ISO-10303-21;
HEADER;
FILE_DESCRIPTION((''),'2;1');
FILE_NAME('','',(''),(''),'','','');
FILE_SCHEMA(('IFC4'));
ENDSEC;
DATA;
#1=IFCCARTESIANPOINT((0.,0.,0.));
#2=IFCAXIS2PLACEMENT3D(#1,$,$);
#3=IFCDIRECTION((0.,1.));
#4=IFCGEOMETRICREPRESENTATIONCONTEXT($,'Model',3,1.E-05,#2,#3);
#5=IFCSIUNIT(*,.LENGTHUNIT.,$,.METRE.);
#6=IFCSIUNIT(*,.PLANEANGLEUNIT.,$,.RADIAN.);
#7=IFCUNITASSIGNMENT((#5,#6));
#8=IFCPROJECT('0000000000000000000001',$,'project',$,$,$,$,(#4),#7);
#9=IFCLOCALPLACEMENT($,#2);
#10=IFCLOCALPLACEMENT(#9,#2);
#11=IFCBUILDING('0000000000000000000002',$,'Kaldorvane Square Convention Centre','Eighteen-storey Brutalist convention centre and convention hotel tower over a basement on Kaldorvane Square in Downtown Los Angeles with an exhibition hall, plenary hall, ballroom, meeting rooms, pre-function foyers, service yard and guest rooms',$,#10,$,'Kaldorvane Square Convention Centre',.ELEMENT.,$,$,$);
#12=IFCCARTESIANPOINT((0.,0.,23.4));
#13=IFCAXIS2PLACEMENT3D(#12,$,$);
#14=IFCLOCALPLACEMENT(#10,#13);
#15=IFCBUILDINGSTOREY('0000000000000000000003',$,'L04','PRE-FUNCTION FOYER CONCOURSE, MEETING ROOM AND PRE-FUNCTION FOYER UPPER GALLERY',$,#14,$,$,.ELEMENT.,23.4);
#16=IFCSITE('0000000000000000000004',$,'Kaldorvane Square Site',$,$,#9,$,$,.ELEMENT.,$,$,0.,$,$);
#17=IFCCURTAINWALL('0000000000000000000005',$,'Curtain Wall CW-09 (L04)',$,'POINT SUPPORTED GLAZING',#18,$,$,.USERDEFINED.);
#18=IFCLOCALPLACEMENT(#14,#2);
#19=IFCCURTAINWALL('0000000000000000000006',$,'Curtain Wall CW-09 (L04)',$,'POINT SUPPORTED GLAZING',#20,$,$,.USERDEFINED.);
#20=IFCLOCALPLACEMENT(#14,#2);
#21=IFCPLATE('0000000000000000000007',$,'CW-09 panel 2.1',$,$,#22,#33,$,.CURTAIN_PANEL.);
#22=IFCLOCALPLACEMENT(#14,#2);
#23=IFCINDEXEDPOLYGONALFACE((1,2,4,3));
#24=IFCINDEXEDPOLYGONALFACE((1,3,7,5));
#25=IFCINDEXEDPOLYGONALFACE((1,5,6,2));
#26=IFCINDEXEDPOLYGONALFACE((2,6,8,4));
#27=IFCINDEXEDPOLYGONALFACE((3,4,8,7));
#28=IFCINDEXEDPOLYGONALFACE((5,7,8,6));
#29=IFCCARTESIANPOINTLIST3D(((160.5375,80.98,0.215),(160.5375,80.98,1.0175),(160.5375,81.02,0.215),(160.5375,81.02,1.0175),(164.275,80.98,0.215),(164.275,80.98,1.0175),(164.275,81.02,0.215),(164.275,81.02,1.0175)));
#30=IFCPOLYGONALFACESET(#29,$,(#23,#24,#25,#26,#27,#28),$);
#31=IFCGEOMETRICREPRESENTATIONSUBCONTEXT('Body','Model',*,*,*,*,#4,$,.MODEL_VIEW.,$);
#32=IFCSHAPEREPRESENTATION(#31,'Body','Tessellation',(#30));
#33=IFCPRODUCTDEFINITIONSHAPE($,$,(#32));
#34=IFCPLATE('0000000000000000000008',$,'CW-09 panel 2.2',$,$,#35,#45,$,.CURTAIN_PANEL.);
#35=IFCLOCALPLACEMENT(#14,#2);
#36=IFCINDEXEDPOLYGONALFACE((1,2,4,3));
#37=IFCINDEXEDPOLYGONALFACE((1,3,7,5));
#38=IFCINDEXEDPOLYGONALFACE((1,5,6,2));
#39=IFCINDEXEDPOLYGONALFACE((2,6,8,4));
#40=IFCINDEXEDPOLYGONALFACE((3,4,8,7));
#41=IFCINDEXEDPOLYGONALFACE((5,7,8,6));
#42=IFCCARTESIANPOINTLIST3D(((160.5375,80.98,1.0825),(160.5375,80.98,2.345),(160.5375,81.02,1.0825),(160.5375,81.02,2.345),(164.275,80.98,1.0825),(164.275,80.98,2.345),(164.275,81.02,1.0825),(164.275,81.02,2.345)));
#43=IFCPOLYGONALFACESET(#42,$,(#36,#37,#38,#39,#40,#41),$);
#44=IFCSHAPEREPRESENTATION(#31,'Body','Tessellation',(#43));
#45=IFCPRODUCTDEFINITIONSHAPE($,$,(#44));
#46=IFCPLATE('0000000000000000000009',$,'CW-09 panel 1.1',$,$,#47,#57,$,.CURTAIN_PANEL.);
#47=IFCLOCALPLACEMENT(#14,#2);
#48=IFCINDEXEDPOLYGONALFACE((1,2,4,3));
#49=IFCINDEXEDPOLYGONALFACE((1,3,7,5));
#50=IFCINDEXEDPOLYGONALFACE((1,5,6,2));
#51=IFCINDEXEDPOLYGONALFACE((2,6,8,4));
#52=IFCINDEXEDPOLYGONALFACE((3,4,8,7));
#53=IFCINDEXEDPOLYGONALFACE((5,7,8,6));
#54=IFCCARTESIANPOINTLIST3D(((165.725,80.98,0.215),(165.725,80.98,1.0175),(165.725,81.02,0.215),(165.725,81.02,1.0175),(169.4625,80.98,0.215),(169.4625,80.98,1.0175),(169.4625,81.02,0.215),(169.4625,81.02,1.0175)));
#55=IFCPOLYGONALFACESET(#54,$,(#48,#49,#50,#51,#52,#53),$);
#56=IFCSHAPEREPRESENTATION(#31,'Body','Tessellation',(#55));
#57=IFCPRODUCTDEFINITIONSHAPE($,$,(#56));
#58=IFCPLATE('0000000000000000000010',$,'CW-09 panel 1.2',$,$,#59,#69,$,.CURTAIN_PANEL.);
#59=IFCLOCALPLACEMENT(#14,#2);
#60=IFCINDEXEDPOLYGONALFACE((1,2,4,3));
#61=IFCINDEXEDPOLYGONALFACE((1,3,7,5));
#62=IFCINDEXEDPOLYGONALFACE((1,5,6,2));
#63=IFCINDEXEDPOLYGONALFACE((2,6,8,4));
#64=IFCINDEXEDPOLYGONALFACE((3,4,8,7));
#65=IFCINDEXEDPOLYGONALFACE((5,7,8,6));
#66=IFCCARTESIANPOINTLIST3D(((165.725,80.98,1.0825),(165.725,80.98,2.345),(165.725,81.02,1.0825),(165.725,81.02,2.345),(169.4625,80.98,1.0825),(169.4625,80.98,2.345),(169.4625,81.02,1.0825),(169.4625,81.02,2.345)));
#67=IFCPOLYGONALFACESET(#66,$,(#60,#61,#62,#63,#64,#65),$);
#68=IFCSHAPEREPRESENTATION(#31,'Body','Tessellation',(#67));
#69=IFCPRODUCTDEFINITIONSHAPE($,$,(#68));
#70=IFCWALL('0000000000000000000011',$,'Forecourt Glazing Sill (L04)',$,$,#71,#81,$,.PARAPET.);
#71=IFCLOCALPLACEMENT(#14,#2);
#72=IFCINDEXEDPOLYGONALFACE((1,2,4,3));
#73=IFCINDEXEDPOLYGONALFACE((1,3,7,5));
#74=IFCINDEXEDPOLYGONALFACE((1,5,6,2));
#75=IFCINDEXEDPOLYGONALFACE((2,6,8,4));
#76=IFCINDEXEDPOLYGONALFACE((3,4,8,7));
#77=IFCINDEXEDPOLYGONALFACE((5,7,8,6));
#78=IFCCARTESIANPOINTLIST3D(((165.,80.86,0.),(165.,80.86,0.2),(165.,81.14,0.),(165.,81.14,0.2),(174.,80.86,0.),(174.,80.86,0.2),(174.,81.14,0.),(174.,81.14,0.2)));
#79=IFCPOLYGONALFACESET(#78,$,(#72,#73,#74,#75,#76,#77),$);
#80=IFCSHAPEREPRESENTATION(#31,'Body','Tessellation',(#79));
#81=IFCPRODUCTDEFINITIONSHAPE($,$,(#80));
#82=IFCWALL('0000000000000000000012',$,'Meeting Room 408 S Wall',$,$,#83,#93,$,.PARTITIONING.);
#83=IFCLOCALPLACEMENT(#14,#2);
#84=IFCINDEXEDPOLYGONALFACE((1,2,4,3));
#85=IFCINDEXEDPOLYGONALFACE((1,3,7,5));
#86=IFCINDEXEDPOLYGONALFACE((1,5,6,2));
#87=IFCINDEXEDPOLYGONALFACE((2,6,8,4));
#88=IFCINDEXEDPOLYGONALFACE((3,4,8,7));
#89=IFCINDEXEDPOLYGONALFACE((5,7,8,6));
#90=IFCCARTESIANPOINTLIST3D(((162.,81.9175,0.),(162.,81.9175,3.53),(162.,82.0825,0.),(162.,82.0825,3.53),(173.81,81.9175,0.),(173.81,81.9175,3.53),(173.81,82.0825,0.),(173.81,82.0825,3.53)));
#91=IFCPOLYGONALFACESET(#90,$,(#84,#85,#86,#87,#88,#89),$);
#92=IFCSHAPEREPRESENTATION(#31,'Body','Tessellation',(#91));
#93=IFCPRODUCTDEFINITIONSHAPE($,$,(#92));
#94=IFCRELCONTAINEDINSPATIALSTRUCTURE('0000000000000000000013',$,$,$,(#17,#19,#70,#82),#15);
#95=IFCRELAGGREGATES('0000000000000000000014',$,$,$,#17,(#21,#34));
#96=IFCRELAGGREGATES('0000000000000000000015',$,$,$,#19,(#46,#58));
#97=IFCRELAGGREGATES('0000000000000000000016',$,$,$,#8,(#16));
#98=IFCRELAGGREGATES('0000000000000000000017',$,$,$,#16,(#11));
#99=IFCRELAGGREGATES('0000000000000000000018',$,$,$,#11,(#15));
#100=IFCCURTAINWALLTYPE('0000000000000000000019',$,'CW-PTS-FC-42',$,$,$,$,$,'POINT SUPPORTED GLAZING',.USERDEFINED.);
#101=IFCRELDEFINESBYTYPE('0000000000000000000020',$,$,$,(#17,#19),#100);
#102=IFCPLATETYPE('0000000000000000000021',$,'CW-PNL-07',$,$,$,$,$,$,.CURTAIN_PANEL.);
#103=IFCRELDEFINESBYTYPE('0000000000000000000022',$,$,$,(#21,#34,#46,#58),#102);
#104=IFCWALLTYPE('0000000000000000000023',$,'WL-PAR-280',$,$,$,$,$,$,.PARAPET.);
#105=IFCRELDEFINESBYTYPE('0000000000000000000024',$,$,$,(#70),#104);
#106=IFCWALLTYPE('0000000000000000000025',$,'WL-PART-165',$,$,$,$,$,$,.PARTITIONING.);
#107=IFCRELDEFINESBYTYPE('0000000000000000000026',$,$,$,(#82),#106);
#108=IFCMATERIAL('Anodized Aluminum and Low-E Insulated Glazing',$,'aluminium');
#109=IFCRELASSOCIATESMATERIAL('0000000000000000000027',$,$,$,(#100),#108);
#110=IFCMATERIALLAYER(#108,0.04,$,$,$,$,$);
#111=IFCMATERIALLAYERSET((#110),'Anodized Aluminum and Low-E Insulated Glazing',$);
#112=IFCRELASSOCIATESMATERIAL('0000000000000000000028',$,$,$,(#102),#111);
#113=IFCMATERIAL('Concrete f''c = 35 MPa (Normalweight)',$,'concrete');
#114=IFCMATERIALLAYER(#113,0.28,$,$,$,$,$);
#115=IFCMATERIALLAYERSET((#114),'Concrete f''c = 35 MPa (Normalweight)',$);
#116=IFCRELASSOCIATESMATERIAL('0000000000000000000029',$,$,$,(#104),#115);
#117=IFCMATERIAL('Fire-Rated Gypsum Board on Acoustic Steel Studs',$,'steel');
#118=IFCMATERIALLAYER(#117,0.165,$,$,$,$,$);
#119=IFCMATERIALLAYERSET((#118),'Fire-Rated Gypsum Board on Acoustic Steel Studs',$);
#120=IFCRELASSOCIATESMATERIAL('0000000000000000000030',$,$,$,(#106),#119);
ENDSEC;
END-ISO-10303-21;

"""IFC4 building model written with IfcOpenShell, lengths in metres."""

from ifc_helpers import new_model, si_unit, direction, frame, frame_2d, origin, origin_2d, place, context, subcontext, project, spatial, rectangle, extrude, material, layer, layer_set, type_object, element, aggregate, save


model = new_model("IFC4")

# Units and contexts
model_context = context("Model", 3, precision=1e-05, world=origin(), true_north=direction((0.0, 1.0)))
body_context = subcontext(model_context, "Body", "Model", "MODEL_VIEW")
ifc_project = project(units=[si_unit("LENGTHUNIT", "METRE"), si_unit("PLANEANGLEUNIT", "RADIAN")], contexts=[model_context])

# Site, building, storey
site_placement = place(None, origin())
site = spatial("IfcSite", under=ifc_project, at=site_placement, Name="Kaldorvane Square Site", CompositionType="ELEMENT", RefElevation=0.0)
building_placement = place(site_placement, origin())
building = spatial("IfcBuilding", under=site, at=building_placement, Name="Kaldorvane Square Convention Centre", Description="Eighteen-storey Brutalist convention centre and convention hotel tower over a basement on Kaldorvane Square in Downtown Los Angeles with an exhibition hall, plenary hall, ballroom, meeting rooms, pre-function foyers, service yard and guest rooms", LongName="Kaldorvane Square Convention Centre", CompositionType="ELEMENT")
storey_placement = place(building_placement, frame((0.0, 0.0, 23.4)))
storey = spatial("IfcBuildingStorey", under=building, at=storey_placement, Name="L04", Description="PRE-FUNCTION FOYER CONCOURSE, MEETING ROOM AND PRE-FUNCTION FOYER UPPER GALLERY", CompositionType="ELEMENT", Elevation=23.4)

# Curtain walls
ifc_material_1 = material(Name="Anodized Aluminum and Low-E Insulated Glazing", Category="aluminium")
curtain_wall_type = type_object("IfcCurtainWallType", Name="CW-PTS-FC-42", ElementType="POINT SUPPORTED GLAZING", PredefinedType="USERDEFINED", material=ifc_material_1)
curtain_wall_1_placement = place(storey_placement, origin())
curtain_wall_1 = element("IfcCurtainWall", 1, at=curtain_wall_1_placement, inside=storey, type_object=curtain_wall_type, Name="Curtain Wall CW-09 (L04)", ObjectType="POINT SUPPORTED GLAZING", PredefinedType="USERDEFINED")
curtain_wall_2_placement = place(storey_placement, origin())
curtain_wall_2 = element("IfcCurtainWall", 2, at=curtain_wall_2_placement, inside=storey, type_object=curtain_wall_type, Name="Curtain Wall CW-09 (L04)", ObjectType="POINT SUPPORTED GLAZING", PredefinedType="USERDEFINED")

# Plates
ifc_layer_1 = layer(ifc_material_1, 0.04)
ifc_layer_set_1 = layer_set([ifc_layer_1], Name="Anodized Aluminum and Low-E Insulated Glazing")
plate_type = type_object("IfcPlateType", Name="CW-PNL-07", PredefinedType="CURTAIN_PANEL", material=ifc_layer_set_1)
plate_1_placement = place(storey_placement, frame((162.4062, 81.0, 0.215), z_axis=(0.0, 0.0, 1.0), x_axis=(1.0, 0.0, 0.0)))
plate_1 = element("IfcPlate", 3, at=plate_1_placement, type_object=plate_type, Name="CW-09 panel 2.1", PredefinedType="CURTAIN_PANEL", context=body_context, shape_type="SweptSolid", body=[
    extrude(rectangle(XDim=3.7375, YDim=0.04, at=origin_2d()), origin(), (0.0, 0.0, 1.0), 0.8025),
])
plate_2_placement = place(storey_placement, frame((162.4062, 81.0, 1.0825), z_axis=(0.0, 0.0, 1.0), x_axis=(1.0, 0.0, 0.0)))
plate_2 = element("IfcPlate", 4, at=plate_2_placement, type_object=plate_type, Name="CW-09 panel 2.2", PredefinedType="CURTAIN_PANEL", context=body_context, shape_type="SweptSolid", body=[
    extrude(rectangle(XDim=3.7375, YDim=0.04, at=origin_2d()), origin(), (0.0, 0.0, 1.0), 1.2625),
])
aggregate(curtain_wall_1, [plate_1, plate_2])
plate_3_placement = place(storey_placement, frame((167.5938, 81.0, 0.215), z_axis=(0.0, 0.0, 1.0), x_axis=(1.0, 0.0, 0.0)))
plate_3 = element("IfcPlate", 5, at=plate_3_placement, type_object=plate_type, Name="CW-09 panel 1.1", PredefinedType="CURTAIN_PANEL", context=body_context, shape_type="SweptSolid", body=[
    extrude(rectangle(XDim=3.7375, YDim=0.04, at=origin_2d()), origin(), (0.0, 0.0, 1.0), 0.8025),
])
plate_4_placement = place(storey_placement, frame((167.5938, 81.0, 1.0825), z_axis=(0.0, 0.0, 1.0), x_axis=(1.0, 0.0, 0.0)))
plate_4 = element("IfcPlate", 6, at=plate_4_placement, type_object=plate_type, Name="CW-09 panel 1.2", PredefinedType="CURTAIN_PANEL", context=body_context, shape_type="SweptSolid", body=[
    extrude(rectangle(XDim=3.7375, YDim=0.04, at=origin_2d()), origin(), (0.0, 0.0, 1.0), 1.2625),
])
aggregate(curtain_wall_2, [plate_3, plate_4])

# Walls
ifc_material_2 = material(Name="Concrete f'c = 35 MPa (Normalweight)", Category="concrete")
ifc_layer_2 = layer(ifc_material_2, 0.28)
ifc_layer_set_2 = layer_set([ifc_layer_2], Name="Concrete f'c = 35 MPa (Normalweight)")
wall_type_1 = type_object("IfcWallType", Name="WL-PAR-280", PredefinedType="PARAPET", material=ifc_layer_set_2)
wall_1_placement = place(storey_placement, frame((165.0, 81.0, 0.0), z_axis=(0.0, 0.0, 1.0), x_axis=(1.0, 0.0, 0.0)))
element("IfcWall", 7, at=wall_1_placement, inside=storey, type_object=wall_type_1, Name="Forecourt Glazing Sill (L04)", PredefinedType="PARAPET", context=body_context, shape_type="SweptSolid", body=[
    extrude(rectangle(XDim=9.0, YDim=0.28, at=frame_2d((4.5, 0.0))), origin(), (0.0, 0.0, 1.0), 0.2),
])
ifc_material_3 = material(Name="Fire-Rated Gypsum Board on Acoustic Steel Studs", Category="steel")
ifc_layer_3 = layer(ifc_material_3, 0.165)
ifc_layer_set_3 = layer_set([ifc_layer_3], Name="Fire-Rated Gypsum Board on Acoustic Steel Studs")
wall_type_2 = type_object("IfcWallType", Name="WL-PART-165", PredefinedType="PARTITIONING", material=ifc_layer_set_3)
wall_2_placement = place(storey_placement, frame((162.0, 82.0, 0.0), z_axis=(0.0, 0.0, 1.0), x_axis=(1.0, 0.0, 0.0)))
element("IfcWall", 8, at=wall_2_placement, inside=storey, type_object=wall_type_2, Name="Meeting Room 408 S Wall", PredefinedType="PARTITIONING", context=body_context, shape_type="SweptSolid", body=[
    extrude(rectangle(XDim=11.81, YDim=0.165, at=frame_2d((5.905, 0.0))), origin(), (0.0, 0.0, 1.0), 3.53),
])

save(model, "model.ifc")
